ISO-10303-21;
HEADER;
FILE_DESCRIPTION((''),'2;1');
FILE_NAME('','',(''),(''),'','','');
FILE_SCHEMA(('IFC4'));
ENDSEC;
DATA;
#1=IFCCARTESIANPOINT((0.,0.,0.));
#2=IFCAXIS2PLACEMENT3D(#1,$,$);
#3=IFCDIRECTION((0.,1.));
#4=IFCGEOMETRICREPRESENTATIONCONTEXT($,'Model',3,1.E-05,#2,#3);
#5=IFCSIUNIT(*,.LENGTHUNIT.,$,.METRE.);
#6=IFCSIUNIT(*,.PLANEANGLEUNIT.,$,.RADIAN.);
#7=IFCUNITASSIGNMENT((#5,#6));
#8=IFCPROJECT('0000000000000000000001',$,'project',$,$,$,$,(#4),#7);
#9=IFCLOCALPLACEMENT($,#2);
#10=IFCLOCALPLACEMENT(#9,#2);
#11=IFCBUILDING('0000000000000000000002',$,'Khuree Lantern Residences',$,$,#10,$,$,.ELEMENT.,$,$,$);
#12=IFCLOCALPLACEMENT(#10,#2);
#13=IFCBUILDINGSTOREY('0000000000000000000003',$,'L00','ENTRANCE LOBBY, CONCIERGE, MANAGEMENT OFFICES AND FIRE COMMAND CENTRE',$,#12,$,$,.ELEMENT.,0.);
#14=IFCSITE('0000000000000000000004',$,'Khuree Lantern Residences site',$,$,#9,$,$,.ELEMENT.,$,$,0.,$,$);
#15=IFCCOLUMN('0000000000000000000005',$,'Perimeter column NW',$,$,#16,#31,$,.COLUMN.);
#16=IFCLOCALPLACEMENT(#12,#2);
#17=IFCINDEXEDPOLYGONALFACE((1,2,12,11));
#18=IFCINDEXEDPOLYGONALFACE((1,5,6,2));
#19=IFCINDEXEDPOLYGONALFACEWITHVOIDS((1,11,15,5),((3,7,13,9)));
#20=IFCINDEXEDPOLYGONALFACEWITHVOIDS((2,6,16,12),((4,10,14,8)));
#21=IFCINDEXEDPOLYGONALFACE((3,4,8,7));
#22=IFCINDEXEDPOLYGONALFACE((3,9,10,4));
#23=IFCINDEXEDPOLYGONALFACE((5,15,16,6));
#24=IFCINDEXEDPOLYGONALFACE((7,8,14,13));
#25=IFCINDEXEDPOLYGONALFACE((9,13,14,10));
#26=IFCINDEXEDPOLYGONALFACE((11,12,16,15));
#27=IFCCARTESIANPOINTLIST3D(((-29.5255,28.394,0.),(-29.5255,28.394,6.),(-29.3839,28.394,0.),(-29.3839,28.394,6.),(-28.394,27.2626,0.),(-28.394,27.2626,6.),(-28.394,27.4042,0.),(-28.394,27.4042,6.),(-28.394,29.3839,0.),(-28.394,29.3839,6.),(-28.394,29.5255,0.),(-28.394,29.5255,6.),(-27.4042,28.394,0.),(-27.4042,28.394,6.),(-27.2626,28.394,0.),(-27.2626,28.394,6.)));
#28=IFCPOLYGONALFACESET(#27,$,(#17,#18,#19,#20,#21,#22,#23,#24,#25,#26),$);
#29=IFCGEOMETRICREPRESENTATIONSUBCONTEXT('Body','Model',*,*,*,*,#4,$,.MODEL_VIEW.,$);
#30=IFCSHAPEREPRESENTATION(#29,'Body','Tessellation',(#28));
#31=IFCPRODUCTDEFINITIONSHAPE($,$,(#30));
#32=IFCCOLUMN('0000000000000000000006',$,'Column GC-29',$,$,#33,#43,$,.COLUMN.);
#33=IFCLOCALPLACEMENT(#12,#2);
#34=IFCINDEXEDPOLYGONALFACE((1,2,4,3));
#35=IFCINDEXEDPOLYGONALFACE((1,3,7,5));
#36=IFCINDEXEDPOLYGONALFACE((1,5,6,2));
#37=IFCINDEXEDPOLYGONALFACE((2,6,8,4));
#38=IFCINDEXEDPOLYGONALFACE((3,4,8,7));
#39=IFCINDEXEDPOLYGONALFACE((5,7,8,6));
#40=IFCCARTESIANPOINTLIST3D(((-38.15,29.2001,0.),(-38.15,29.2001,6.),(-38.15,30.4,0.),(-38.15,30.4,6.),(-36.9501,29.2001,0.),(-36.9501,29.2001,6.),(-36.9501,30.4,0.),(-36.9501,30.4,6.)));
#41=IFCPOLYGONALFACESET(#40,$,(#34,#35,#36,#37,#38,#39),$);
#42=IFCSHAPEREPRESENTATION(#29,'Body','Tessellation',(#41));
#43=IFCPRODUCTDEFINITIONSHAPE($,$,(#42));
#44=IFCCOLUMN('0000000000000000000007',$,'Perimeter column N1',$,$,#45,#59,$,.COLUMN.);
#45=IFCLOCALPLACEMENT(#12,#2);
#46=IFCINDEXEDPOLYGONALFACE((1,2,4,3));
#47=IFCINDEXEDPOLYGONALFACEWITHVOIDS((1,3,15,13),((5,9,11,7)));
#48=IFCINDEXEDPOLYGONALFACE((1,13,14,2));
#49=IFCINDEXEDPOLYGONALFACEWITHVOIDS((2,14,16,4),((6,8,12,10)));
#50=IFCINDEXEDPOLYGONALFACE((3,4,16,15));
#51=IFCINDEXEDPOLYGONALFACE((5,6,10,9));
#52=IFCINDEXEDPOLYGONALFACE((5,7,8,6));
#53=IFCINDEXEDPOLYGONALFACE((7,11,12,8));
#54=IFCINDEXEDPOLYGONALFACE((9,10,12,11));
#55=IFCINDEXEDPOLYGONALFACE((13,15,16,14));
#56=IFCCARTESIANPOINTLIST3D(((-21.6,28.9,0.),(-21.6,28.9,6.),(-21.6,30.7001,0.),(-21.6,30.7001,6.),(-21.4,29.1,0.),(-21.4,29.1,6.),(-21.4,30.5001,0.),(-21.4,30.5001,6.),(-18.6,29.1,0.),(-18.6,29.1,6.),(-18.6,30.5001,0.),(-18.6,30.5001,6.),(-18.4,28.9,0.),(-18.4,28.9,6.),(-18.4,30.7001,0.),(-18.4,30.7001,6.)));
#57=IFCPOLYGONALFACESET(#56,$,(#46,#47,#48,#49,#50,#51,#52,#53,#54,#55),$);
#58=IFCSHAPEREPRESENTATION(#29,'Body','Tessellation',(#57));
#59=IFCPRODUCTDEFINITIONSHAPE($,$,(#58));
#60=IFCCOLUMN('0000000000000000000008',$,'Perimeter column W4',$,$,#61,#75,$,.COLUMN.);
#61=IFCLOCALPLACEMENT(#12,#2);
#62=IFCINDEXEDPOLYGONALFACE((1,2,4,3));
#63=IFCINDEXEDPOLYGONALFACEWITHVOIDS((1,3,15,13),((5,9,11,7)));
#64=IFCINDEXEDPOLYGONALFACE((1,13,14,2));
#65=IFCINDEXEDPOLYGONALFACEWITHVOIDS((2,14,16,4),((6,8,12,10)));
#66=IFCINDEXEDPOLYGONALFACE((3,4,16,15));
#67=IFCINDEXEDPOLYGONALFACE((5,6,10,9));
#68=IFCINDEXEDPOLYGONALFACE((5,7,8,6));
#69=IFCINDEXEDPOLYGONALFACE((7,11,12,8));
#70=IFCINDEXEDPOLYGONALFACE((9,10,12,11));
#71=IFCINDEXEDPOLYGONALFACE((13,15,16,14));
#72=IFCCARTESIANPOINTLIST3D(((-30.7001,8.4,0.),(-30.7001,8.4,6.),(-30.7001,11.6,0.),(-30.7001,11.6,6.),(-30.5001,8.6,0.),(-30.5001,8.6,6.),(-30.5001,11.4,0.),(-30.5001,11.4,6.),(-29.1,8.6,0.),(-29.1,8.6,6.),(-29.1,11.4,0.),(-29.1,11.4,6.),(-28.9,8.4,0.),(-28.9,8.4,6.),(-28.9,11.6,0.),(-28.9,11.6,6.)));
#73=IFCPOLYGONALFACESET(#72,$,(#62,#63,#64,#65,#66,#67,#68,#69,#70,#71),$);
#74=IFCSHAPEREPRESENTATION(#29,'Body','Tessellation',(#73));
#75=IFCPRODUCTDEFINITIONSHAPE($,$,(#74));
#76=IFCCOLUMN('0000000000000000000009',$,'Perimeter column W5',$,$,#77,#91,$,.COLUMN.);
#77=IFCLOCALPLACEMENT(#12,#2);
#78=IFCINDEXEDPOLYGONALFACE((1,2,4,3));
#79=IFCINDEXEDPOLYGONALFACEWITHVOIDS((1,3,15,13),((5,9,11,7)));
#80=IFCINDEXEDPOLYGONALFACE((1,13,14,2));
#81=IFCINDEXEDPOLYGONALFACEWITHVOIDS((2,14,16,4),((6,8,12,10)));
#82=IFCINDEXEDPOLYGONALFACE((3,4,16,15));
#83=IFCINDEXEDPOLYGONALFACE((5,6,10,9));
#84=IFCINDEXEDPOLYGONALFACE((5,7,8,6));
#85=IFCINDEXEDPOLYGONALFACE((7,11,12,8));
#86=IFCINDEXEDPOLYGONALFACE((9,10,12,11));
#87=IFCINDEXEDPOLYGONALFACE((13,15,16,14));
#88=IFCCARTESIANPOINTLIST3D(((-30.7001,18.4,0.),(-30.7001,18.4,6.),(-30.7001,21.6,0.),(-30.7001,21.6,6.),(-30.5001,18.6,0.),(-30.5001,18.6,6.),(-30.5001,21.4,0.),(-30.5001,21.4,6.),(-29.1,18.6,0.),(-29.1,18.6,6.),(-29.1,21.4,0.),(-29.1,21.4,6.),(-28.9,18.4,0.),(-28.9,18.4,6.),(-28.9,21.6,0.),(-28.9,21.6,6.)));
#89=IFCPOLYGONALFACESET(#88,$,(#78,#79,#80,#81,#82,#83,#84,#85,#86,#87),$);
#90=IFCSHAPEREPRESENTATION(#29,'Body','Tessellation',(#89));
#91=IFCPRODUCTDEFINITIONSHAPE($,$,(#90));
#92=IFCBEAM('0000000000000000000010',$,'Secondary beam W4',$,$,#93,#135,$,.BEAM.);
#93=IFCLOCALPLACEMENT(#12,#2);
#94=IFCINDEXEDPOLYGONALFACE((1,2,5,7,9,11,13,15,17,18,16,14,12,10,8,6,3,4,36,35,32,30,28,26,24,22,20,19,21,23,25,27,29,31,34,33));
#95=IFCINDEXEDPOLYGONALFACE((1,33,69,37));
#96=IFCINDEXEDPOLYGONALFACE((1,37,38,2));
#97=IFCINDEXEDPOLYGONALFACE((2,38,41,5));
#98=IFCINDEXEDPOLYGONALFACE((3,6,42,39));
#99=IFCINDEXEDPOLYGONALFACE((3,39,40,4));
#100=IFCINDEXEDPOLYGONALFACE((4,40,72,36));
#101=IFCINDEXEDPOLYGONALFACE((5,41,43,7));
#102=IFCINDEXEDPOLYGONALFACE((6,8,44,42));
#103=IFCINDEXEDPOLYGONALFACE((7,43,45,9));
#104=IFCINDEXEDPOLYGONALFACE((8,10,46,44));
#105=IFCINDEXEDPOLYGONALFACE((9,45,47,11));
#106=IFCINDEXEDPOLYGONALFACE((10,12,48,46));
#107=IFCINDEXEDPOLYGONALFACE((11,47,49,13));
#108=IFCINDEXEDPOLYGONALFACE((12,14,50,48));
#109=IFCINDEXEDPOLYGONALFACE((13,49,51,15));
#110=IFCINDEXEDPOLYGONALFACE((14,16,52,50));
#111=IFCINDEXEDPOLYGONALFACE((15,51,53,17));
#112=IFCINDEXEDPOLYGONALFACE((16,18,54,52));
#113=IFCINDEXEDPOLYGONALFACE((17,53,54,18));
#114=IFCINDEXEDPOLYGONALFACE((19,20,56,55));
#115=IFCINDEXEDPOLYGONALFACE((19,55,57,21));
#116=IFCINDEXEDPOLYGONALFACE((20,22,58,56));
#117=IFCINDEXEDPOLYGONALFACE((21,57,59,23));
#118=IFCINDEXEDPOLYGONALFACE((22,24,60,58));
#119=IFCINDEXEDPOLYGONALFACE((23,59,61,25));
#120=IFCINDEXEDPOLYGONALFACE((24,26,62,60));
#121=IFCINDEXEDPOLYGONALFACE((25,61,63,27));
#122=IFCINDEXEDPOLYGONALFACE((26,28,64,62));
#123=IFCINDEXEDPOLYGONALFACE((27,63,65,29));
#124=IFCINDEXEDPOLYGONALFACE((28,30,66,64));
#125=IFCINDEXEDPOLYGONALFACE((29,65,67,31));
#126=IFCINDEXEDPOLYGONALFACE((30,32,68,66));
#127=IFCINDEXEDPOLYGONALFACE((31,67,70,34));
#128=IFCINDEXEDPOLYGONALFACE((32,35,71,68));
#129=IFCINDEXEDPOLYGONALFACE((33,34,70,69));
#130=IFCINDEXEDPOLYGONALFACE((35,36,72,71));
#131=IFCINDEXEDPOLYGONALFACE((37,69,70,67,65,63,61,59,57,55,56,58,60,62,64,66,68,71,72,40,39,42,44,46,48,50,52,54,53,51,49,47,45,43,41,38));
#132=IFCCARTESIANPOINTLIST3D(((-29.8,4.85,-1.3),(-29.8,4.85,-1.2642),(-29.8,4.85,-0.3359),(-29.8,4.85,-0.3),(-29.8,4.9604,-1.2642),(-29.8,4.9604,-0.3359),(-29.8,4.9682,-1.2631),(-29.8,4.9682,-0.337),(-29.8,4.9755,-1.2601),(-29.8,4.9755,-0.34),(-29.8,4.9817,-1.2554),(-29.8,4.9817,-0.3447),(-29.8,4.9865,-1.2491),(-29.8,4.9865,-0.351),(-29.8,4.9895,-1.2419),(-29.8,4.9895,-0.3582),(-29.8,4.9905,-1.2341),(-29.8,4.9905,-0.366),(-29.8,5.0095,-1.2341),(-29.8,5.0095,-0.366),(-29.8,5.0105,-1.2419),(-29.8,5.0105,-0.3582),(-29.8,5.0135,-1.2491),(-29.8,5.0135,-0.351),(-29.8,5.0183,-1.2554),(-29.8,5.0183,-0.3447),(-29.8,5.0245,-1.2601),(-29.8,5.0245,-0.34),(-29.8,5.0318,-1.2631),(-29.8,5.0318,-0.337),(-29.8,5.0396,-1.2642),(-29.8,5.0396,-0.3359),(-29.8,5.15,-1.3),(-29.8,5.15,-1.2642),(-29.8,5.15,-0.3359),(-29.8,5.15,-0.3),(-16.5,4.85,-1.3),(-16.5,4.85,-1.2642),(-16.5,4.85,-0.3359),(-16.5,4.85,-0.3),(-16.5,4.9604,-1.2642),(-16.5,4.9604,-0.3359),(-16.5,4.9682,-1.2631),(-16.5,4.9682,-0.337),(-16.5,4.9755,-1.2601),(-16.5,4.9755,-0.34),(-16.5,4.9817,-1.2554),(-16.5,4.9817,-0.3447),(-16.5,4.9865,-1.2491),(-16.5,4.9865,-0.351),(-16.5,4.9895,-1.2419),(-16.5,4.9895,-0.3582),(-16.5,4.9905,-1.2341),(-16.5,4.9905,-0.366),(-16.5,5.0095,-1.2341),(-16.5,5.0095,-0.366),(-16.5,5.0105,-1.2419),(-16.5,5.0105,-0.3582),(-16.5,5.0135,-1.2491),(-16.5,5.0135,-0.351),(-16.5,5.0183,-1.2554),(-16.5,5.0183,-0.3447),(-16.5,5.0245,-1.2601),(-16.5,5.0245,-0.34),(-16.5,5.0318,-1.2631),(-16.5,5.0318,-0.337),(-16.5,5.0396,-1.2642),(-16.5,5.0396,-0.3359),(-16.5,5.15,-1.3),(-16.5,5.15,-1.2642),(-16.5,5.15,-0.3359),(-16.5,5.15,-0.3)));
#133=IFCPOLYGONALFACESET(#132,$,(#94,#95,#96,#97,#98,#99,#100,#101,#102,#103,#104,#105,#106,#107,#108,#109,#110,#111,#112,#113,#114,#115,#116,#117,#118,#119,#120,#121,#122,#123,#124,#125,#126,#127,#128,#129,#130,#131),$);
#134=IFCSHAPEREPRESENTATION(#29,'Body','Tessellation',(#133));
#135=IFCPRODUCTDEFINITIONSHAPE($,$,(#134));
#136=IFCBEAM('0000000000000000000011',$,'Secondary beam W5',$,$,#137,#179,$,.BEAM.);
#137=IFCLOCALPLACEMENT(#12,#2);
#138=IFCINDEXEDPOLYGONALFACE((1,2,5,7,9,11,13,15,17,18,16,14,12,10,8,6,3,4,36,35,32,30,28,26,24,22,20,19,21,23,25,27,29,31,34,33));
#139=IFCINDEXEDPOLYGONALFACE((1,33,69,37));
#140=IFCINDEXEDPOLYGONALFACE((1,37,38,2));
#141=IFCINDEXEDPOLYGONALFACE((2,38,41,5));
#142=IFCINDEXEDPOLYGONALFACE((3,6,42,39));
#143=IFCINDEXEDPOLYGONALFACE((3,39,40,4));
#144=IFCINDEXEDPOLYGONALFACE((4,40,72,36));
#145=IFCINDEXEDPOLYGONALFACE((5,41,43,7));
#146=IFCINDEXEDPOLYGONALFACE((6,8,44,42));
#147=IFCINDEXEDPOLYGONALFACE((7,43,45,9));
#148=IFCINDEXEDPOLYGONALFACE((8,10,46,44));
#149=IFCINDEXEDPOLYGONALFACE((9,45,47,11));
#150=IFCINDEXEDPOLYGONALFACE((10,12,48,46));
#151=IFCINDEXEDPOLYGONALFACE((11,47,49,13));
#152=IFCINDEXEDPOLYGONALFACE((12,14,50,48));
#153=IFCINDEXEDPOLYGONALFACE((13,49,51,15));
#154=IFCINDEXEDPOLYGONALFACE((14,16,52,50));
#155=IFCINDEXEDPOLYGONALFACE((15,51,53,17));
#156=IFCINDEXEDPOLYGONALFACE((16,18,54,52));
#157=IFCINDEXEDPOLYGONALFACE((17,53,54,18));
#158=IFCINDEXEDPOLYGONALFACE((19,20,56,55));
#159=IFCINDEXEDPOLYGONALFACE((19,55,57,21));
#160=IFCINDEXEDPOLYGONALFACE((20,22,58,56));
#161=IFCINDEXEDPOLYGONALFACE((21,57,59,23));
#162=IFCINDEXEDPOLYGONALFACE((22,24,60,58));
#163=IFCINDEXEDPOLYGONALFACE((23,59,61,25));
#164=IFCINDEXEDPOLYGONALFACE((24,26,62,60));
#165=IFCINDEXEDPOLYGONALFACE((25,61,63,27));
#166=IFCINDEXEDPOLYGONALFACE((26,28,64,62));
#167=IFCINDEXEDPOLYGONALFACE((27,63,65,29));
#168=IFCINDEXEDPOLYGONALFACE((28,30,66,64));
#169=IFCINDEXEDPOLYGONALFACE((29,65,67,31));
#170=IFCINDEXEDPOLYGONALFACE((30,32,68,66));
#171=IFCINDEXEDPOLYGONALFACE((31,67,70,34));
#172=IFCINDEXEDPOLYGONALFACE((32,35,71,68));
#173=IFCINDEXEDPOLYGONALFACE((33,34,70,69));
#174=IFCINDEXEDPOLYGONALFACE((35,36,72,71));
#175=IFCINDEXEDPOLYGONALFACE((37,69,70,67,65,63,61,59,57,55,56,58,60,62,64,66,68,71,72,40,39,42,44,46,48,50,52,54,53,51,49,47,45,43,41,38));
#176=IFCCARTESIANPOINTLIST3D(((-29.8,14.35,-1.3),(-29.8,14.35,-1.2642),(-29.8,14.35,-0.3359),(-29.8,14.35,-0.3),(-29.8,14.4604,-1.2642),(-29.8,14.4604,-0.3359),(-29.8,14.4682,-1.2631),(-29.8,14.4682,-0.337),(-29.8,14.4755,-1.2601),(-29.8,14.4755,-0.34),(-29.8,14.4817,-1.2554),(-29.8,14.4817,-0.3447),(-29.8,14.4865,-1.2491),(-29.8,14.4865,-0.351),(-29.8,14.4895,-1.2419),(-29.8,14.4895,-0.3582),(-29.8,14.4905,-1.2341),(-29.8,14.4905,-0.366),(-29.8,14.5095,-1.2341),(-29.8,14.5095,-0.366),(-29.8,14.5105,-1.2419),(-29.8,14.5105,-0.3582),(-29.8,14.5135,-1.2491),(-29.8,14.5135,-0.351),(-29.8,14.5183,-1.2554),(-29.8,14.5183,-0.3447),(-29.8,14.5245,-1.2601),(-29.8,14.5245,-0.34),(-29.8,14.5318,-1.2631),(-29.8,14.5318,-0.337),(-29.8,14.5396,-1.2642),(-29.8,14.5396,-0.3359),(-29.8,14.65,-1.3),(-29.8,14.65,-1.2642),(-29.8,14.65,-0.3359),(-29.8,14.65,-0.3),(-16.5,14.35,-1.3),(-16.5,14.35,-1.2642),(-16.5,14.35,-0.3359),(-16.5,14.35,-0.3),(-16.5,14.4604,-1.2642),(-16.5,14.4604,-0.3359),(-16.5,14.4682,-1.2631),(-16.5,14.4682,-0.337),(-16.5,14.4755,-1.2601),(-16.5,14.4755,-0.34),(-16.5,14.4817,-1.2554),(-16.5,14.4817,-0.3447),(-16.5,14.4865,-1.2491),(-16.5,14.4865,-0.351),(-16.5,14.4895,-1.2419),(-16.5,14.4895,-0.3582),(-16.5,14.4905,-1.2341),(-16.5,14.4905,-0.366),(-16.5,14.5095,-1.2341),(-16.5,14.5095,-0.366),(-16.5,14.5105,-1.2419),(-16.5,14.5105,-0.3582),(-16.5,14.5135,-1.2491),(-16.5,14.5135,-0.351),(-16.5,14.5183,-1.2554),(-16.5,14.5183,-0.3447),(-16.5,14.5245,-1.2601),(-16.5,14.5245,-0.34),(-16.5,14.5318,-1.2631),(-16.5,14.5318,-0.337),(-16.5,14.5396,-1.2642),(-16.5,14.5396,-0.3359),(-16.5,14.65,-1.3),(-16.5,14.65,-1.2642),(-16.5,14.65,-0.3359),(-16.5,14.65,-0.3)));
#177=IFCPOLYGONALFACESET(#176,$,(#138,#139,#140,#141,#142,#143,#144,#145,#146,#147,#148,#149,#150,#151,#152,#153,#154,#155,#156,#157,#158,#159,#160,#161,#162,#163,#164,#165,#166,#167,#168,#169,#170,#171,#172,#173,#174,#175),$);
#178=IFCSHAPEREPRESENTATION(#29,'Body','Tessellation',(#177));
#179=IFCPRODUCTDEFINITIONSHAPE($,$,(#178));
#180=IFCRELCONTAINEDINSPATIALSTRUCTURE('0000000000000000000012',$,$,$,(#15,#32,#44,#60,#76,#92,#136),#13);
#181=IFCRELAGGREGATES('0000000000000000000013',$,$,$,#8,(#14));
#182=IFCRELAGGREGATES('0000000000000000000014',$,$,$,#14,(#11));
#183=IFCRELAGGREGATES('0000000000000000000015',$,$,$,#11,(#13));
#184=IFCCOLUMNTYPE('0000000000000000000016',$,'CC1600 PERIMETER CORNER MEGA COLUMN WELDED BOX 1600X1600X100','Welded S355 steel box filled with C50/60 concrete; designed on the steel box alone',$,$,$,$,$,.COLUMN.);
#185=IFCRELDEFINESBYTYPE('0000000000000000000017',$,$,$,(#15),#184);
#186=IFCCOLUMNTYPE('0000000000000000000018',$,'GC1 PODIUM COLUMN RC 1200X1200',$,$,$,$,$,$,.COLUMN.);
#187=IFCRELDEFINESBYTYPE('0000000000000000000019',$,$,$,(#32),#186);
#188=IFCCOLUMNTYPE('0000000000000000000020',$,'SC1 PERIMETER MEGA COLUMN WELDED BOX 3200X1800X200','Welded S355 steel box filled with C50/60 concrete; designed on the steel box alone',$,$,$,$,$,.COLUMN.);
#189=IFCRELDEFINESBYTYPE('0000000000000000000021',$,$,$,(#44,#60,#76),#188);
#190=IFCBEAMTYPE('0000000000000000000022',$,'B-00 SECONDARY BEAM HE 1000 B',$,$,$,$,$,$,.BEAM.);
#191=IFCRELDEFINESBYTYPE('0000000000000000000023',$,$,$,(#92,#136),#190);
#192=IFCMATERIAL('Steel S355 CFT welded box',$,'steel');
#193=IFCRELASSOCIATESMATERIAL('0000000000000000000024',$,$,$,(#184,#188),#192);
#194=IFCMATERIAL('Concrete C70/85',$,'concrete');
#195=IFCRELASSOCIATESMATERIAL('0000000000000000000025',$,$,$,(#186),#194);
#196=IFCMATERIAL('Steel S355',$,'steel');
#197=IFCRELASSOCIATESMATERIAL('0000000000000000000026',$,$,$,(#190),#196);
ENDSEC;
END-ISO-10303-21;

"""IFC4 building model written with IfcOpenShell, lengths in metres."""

from ifc_helpers import new_model, si_unit, direction, frame, origin, origin_2d, place, context, subcontext, project, spatial, rectangle, hollow_rectangle, i_section, extrude, material, material_profile, profile_set, type_object, element, save


model = new_model("IFC4")

# Units and contexts
model_context = context("Model", 3, precision=1e-05, world=origin(), true_north=direction((0.0, 1.0)))
body_context = subcontext(model_context, "Body", "Model", "MODEL_VIEW")
ifc_project = project(units=[si_unit("LENGTHUNIT", "METRE"), si_unit("PLANEANGLEUNIT", "RADIAN")], contexts=[model_context])

# Site, building, storey
site_placement = place(None, origin())
site = spatial("IfcSite", under=ifc_project, at=site_placement, Name="Khuree Lantern Residences site", CompositionType="ELEMENT", RefElevation=0.0)
building_placement = place(site_placement, origin())
building = spatial("IfcBuilding", under=site, at=building_placement, Name="Khuree Lantern Residences", CompositionType="ELEMENT")
storey_placement = place(building_placement, origin())
storey = spatial("IfcBuildingStorey", under=building, at=storey_placement, Name="L00", Description="ENTRANCE LOBBY, CONCIERGE, MANAGEMENT OFFICES AND FIRE COMMAND CENTRE", CompositionType="ELEMENT", Elevation=0.0)

# Columns
ifc_material_1 = material(Name="Steel S355 CFT welded box", Category="steel")
ifc_material_profile_1 = material_profile(ifc_material_1, hollow_rectangle(XDim=1.6001, YDim=1.6001, WallThickness=0.1001, at=origin_2d()), Name="WELDED BOX 1600X1600X100")
ifc_profile_set_1 = profile_set([ifc_material_profile_1], Name="Steel S355 CFT welded box")
column_type_1 = type_object("IfcColumnType", Name="CC1600 PERIMETER CORNER MEGA COLUMN WELDED BOX 1600X1600X100", Description="Welded S355 steel box filled with C50/60 concrete; designed on the steel box alone", PredefinedType="COLUMN", material=ifc_profile_set_1)
column_1_placement = place(storey_placement, frame((-28.394, 28.394, 0.0), z_axis=(0.0, 0.0, 1.0), x_axis=(0.707107, 0.707107, 0.0)))
element("IfcColumn", 1, at=column_1_placement, inside=storey, type_object=column_type_1, Name="Perimeter column NW", PredefinedType="COLUMN", context=body_context, shape_type="SweptSolid", body=[
    extrude(hollow_rectangle(XDim=1.6001, YDim=1.6001, WallThickness=0.1001, at=origin_2d()), origin(), (0.0, 0.0, 1.0), 6.0),
])
ifc_material_2 = material(Name="Concrete C70/85", Category="concrete")
ifc_material_profile_2 = material_profile(ifc_material_2, rectangle(XDim=1.2, YDim=1.2, at=origin_2d()), Name="RC 1200X1200")
ifc_profile_set_2 = profile_set([ifc_material_profile_2], Name="Concrete C70/85")
column_type_2 = type_object("IfcColumnType", Name="GC1 PODIUM COLUMN RC 1200X1200", PredefinedType="COLUMN", material=ifc_profile_set_2)
column_2_placement = place(storey_placement, frame((-37.55, 29.8, 0.0), z_axis=(0.0, 0.0, 1.0), x_axis=(1.0, 0.0, 0.0)))
element("IfcColumn", 2, at=column_2_placement, inside=storey, type_object=column_type_2, Name="Column GC-29", PredefinedType="COLUMN", context=body_context, shape_type="SweptSolid", body=[
    extrude(rectangle(XDim=1.2, YDim=1.2, at=origin_2d()), origin(), (0.0, 0.0, 1.0), 6.0),
])
ifc_material_profile_3 = material_profile(ifc_material_1, hollow_rectangle(XDim=3.2, YDim=1.8, WallThickness=0.2, at=origin_2d()), Name="WELDED BOX 3200X1800X200")
ifc_profile_set_3 = profile_set([ifc_material_profile_3], Name="Steel S355 CFT welded box")
column_type_3 = type_object("IfcColumnType", Name="SC1 PERIMETER MEGA COLUMN WELDED BOX 3200X1800X200", Description="Welded S355 steel box filled with C50/60 concrete; designed on the steel box alone", PredefinedType="COLUMN", material=ifc_profile_set_3)
for number, where, z_axis, x_axis, name in (
    (3, (-20.0, 29.8, 0.0), (0.0, 0.0, 1.0), (1.0, 0.0, 0.0), "Perimeter column N1"),
    (4, (-29.8, 10.0, 0.0), (0.0, 0.0, 1.0), (0.0, 1.0, 0.0), "Perimeter column W4"),
    (5, (-29.8, 20.0, 0.0), (0.0, 0.0, 1.0), (0.0, 1.0, 0.0), "Perimeter column W5"),
):
    element("IfcColumn", number, at=place(storey_placement, frame(where, z_axis=z_axis, x_axis=x_axis)), inside=storey, type_object=column_type_3, Name=name, PredefinedType="COLUMN", context=body_context, shape_type="SweptSolid", body=[
        extrude(hollow_rectangle(XDim=3.2, YDim=1.8, WallThickness=0.2, at=origin_2d()), origin(), (0.0, 0.0, 1.0), 6.0),
    ])

# Beams
ifc_material_3 = material(Name="Steel S355", Category="steel")
ifc_material_profile_4 = material_profile(ifc_material_3, i_section(OverallWidth=0.3, OverallDepth=1.0, WebThickness=0.019, FlangeThickness=0.0359, FilletRadius=0.03, at=origin_2d()), Name="HE 1000 B")
ifc_profile_set_4 = profile_set([ifc_material_profile_4], Name="Steel S355")
beam_type_1 = type_object("IfcBeamType", Name="B-00 SECONDARY BEAM HE 1000 B", PredefinedType="BEAM", material=ifc_profile_set_4)
for number, where, z_axis, x_axis, name in (
    (6, (-29.8, 5.0, -0.8), (1.0, 0.0, 0.0), (0.0, 1.0, 0.0), "Secondary beam W4"),
    (7, (-29.8, 14.5, -0.8), (1.0, 0.0, 0.0), (0.0, 1.0, 0.0), "Secondary beam W5"),
):
    element("IfcBeam", number, at=place(storey_placement, frame(where, z_axis=z_axis, x_axis=x_axis)), inside=storey, type_object=beam_type_1, Name=name, PredefinedType="BEAM", context=body_context, shape_type="SweptSolid", body=[
        extrude(i_section(OverallWidth=0.3, OverallDepth=1.0, WebThickness=0.019, FlangeThickness=0.0359, FilletRadius=0.03, at=origin_2d()), origin(), (0.0, 0.0, 1.0), 13.3),
    ])

save(model, "model.ifc")
